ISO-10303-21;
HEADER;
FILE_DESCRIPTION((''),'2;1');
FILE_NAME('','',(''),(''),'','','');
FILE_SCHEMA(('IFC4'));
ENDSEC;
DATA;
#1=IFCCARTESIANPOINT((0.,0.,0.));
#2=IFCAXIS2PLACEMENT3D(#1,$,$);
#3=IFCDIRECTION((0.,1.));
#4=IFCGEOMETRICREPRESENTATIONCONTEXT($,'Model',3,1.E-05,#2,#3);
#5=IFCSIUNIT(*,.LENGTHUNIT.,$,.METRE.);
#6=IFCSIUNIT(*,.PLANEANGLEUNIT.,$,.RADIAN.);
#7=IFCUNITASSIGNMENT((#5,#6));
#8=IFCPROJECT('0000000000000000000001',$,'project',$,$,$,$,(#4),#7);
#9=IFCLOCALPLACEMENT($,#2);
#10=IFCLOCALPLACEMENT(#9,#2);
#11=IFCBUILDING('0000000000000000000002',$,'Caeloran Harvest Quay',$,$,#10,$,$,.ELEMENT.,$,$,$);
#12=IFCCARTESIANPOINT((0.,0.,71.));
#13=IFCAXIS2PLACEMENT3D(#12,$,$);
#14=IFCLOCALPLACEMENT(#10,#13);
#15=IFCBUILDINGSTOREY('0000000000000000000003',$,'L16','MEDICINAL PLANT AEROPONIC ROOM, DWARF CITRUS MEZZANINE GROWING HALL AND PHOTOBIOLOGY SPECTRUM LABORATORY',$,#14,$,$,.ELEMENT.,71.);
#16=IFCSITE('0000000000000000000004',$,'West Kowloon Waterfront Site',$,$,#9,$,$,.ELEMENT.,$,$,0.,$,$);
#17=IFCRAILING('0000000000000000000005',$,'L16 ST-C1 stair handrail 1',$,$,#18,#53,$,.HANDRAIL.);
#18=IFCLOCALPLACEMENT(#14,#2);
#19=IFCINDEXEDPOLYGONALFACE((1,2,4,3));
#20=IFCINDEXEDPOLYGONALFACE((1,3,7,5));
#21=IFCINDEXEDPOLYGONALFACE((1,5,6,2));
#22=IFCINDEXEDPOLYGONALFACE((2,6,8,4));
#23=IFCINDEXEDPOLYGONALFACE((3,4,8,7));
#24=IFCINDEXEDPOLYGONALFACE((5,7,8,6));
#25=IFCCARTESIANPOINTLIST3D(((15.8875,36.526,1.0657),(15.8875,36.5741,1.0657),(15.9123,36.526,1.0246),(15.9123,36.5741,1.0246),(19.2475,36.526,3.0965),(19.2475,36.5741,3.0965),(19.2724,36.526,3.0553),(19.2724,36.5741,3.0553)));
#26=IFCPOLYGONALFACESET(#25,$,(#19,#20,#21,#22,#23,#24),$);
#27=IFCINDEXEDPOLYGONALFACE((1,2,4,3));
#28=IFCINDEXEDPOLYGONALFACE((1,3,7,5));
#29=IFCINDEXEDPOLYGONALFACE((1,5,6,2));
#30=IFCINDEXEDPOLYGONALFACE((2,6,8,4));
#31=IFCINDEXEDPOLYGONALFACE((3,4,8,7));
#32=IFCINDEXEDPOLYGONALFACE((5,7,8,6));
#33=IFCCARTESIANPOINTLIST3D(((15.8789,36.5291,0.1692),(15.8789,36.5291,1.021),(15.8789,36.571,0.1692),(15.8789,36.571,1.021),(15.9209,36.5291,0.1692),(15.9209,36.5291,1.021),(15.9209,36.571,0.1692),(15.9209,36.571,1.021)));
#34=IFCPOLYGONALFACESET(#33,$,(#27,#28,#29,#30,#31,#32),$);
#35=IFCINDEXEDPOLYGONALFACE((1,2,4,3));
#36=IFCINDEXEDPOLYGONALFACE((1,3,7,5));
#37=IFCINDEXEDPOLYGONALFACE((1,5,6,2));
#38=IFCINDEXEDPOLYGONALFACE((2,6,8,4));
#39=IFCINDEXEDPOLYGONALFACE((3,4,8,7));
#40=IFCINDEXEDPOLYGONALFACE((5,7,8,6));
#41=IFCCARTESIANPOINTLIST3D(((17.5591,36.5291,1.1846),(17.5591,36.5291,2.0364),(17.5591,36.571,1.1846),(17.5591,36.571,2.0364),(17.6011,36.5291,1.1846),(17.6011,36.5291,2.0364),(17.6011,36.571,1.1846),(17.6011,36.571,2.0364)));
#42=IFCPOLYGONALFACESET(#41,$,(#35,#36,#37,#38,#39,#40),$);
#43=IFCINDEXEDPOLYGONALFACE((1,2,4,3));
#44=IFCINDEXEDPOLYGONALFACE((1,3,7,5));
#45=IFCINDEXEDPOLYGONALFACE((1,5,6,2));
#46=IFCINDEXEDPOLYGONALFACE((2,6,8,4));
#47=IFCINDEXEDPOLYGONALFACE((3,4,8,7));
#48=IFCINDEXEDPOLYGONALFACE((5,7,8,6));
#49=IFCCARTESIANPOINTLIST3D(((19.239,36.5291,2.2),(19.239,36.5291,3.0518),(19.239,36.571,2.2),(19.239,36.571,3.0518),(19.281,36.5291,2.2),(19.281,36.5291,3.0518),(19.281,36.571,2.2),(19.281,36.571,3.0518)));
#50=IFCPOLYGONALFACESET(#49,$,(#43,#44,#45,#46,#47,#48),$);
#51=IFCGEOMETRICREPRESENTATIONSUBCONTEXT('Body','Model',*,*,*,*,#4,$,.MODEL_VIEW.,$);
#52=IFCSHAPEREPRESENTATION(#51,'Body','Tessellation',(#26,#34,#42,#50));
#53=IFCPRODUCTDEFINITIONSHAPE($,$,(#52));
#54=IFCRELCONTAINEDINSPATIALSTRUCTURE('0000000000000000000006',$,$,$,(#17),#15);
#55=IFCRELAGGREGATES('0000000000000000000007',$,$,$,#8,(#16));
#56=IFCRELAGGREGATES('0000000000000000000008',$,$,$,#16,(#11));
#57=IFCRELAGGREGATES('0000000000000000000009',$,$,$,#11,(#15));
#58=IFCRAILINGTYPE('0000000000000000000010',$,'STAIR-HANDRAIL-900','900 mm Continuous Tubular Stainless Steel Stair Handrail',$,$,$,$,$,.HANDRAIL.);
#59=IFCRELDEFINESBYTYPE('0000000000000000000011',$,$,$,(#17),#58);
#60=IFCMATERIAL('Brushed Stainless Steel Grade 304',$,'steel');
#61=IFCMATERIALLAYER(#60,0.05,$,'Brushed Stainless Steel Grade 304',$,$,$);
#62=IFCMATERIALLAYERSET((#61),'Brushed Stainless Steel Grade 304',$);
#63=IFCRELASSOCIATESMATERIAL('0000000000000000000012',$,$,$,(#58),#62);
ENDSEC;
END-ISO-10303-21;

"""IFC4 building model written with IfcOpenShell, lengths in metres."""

from ifc_helpers import new_model, si_unit, direction, frame, origin, origin_2d, place, context, subcontext, project, spatial, rectangle, extrude, material, layer, layer_set, type_object, element, save


model = new_model("IFC4")

# Units and contexts
model_context = context("Model", 3, precision=1e-05, world=origin(), true_north=direction((0.0, 1.0)))
body_context = subcontext(model_context, "Body", "Model", "MODEL_VIEW")
ifc_project = project(units=[si_unit("LENGTHUNIT", "METRE"), si_unit("PLANEANGLEUNIT", "RADIAN")], contexts=[model_context])

# Site, building, storey
site_placement = place(None, origin())
site = spatial("IfcSite", under=ifc_project, at=site_placement, Name="West Kowloon Waterfront Site", CompositionType="ELEMENT", RefElevation=0.0)
building_placement = place(site_placement, origin())
building = spatial("IfcBuilding", under=site, at=building_placement, Name="Caeloran Harvest Quay", CompositionType="ELEMENT")
storey_placement = place(building_placement, frame((0.0, 0.0, 71.0)))
storey = spatial("IfcBuildingStorey", under=building, at=storey_placement, Name="L16", Description="MEDICINAL PLANT AEROPONIC ROOM, DWARF CITRUS MEZZANINE GROWING HALL AND PHOTOBIOLOGY SPECTRUM LABORATORY", CompositionType="ELEMENT", Elevation=71.0)

# Railing
ifc_material_1 = material(Name="Brushed Stainless Steel Grade 304", Category="steel")
ifc_layer_1 = layer(ifc_material_1, 0.05, Name="Brushed Stainless Steel Grade 304")
ifc_layer_set_1 = layer_set([ifc_layer_1], Name="Brushed Stainless Steel Grade 304")
railing_type_1 = type_object("IfcRailingType", Name="STAIR-HANDRAIL-900", Description="900 mm Continuous Tubular Stainless Steel Stair Handrail", PredefinedType="HANDRAIL", material=ifc_layer_set_1)
railing_1_placement = place(storey_placement, frame((15.8999, 36.55, 0.1692)))
element("IfcRailing", 1, at=railing_1_placement, inside=storey, type_object=railing_type_1, Name="L16 ST-C1 stair handrail 1", PredefinedType="HANDRAIL", context=body_context, shape_type="SweptSolid", body=[
    extrude(rectangle(XDim=0.0481, YDim=0.0481, at=origin_2d()), frame((0.0, 0.0, 0.876), z_axis=(0.855837, 0.0, 0.517246), x_axis=(0.0, 1.0, 0.0)), (0.0, 0.0, 1.0), 3.926),
    extrude(rectangle(XDim=0.042, YDim=0.042, at=origin_2d()), origin(), (0.0, 0.0, 1.0), 0.8518),
    extrude(rectangle(XDim=0.042, YDim=0.042, at=origin_2d()), frame((1.6802, 0.0, 1.0154)), (0.0, 0.0, 1.0), 0.8518),
    extrude(rectangle(XDim=0.042, YDim=0.042, at=origin_2d()), frame((3.3601, 0.0, 2.0308)), (0.0, 0.0, 1.0), 0.8518),
])

save(model, "model.ifc")
